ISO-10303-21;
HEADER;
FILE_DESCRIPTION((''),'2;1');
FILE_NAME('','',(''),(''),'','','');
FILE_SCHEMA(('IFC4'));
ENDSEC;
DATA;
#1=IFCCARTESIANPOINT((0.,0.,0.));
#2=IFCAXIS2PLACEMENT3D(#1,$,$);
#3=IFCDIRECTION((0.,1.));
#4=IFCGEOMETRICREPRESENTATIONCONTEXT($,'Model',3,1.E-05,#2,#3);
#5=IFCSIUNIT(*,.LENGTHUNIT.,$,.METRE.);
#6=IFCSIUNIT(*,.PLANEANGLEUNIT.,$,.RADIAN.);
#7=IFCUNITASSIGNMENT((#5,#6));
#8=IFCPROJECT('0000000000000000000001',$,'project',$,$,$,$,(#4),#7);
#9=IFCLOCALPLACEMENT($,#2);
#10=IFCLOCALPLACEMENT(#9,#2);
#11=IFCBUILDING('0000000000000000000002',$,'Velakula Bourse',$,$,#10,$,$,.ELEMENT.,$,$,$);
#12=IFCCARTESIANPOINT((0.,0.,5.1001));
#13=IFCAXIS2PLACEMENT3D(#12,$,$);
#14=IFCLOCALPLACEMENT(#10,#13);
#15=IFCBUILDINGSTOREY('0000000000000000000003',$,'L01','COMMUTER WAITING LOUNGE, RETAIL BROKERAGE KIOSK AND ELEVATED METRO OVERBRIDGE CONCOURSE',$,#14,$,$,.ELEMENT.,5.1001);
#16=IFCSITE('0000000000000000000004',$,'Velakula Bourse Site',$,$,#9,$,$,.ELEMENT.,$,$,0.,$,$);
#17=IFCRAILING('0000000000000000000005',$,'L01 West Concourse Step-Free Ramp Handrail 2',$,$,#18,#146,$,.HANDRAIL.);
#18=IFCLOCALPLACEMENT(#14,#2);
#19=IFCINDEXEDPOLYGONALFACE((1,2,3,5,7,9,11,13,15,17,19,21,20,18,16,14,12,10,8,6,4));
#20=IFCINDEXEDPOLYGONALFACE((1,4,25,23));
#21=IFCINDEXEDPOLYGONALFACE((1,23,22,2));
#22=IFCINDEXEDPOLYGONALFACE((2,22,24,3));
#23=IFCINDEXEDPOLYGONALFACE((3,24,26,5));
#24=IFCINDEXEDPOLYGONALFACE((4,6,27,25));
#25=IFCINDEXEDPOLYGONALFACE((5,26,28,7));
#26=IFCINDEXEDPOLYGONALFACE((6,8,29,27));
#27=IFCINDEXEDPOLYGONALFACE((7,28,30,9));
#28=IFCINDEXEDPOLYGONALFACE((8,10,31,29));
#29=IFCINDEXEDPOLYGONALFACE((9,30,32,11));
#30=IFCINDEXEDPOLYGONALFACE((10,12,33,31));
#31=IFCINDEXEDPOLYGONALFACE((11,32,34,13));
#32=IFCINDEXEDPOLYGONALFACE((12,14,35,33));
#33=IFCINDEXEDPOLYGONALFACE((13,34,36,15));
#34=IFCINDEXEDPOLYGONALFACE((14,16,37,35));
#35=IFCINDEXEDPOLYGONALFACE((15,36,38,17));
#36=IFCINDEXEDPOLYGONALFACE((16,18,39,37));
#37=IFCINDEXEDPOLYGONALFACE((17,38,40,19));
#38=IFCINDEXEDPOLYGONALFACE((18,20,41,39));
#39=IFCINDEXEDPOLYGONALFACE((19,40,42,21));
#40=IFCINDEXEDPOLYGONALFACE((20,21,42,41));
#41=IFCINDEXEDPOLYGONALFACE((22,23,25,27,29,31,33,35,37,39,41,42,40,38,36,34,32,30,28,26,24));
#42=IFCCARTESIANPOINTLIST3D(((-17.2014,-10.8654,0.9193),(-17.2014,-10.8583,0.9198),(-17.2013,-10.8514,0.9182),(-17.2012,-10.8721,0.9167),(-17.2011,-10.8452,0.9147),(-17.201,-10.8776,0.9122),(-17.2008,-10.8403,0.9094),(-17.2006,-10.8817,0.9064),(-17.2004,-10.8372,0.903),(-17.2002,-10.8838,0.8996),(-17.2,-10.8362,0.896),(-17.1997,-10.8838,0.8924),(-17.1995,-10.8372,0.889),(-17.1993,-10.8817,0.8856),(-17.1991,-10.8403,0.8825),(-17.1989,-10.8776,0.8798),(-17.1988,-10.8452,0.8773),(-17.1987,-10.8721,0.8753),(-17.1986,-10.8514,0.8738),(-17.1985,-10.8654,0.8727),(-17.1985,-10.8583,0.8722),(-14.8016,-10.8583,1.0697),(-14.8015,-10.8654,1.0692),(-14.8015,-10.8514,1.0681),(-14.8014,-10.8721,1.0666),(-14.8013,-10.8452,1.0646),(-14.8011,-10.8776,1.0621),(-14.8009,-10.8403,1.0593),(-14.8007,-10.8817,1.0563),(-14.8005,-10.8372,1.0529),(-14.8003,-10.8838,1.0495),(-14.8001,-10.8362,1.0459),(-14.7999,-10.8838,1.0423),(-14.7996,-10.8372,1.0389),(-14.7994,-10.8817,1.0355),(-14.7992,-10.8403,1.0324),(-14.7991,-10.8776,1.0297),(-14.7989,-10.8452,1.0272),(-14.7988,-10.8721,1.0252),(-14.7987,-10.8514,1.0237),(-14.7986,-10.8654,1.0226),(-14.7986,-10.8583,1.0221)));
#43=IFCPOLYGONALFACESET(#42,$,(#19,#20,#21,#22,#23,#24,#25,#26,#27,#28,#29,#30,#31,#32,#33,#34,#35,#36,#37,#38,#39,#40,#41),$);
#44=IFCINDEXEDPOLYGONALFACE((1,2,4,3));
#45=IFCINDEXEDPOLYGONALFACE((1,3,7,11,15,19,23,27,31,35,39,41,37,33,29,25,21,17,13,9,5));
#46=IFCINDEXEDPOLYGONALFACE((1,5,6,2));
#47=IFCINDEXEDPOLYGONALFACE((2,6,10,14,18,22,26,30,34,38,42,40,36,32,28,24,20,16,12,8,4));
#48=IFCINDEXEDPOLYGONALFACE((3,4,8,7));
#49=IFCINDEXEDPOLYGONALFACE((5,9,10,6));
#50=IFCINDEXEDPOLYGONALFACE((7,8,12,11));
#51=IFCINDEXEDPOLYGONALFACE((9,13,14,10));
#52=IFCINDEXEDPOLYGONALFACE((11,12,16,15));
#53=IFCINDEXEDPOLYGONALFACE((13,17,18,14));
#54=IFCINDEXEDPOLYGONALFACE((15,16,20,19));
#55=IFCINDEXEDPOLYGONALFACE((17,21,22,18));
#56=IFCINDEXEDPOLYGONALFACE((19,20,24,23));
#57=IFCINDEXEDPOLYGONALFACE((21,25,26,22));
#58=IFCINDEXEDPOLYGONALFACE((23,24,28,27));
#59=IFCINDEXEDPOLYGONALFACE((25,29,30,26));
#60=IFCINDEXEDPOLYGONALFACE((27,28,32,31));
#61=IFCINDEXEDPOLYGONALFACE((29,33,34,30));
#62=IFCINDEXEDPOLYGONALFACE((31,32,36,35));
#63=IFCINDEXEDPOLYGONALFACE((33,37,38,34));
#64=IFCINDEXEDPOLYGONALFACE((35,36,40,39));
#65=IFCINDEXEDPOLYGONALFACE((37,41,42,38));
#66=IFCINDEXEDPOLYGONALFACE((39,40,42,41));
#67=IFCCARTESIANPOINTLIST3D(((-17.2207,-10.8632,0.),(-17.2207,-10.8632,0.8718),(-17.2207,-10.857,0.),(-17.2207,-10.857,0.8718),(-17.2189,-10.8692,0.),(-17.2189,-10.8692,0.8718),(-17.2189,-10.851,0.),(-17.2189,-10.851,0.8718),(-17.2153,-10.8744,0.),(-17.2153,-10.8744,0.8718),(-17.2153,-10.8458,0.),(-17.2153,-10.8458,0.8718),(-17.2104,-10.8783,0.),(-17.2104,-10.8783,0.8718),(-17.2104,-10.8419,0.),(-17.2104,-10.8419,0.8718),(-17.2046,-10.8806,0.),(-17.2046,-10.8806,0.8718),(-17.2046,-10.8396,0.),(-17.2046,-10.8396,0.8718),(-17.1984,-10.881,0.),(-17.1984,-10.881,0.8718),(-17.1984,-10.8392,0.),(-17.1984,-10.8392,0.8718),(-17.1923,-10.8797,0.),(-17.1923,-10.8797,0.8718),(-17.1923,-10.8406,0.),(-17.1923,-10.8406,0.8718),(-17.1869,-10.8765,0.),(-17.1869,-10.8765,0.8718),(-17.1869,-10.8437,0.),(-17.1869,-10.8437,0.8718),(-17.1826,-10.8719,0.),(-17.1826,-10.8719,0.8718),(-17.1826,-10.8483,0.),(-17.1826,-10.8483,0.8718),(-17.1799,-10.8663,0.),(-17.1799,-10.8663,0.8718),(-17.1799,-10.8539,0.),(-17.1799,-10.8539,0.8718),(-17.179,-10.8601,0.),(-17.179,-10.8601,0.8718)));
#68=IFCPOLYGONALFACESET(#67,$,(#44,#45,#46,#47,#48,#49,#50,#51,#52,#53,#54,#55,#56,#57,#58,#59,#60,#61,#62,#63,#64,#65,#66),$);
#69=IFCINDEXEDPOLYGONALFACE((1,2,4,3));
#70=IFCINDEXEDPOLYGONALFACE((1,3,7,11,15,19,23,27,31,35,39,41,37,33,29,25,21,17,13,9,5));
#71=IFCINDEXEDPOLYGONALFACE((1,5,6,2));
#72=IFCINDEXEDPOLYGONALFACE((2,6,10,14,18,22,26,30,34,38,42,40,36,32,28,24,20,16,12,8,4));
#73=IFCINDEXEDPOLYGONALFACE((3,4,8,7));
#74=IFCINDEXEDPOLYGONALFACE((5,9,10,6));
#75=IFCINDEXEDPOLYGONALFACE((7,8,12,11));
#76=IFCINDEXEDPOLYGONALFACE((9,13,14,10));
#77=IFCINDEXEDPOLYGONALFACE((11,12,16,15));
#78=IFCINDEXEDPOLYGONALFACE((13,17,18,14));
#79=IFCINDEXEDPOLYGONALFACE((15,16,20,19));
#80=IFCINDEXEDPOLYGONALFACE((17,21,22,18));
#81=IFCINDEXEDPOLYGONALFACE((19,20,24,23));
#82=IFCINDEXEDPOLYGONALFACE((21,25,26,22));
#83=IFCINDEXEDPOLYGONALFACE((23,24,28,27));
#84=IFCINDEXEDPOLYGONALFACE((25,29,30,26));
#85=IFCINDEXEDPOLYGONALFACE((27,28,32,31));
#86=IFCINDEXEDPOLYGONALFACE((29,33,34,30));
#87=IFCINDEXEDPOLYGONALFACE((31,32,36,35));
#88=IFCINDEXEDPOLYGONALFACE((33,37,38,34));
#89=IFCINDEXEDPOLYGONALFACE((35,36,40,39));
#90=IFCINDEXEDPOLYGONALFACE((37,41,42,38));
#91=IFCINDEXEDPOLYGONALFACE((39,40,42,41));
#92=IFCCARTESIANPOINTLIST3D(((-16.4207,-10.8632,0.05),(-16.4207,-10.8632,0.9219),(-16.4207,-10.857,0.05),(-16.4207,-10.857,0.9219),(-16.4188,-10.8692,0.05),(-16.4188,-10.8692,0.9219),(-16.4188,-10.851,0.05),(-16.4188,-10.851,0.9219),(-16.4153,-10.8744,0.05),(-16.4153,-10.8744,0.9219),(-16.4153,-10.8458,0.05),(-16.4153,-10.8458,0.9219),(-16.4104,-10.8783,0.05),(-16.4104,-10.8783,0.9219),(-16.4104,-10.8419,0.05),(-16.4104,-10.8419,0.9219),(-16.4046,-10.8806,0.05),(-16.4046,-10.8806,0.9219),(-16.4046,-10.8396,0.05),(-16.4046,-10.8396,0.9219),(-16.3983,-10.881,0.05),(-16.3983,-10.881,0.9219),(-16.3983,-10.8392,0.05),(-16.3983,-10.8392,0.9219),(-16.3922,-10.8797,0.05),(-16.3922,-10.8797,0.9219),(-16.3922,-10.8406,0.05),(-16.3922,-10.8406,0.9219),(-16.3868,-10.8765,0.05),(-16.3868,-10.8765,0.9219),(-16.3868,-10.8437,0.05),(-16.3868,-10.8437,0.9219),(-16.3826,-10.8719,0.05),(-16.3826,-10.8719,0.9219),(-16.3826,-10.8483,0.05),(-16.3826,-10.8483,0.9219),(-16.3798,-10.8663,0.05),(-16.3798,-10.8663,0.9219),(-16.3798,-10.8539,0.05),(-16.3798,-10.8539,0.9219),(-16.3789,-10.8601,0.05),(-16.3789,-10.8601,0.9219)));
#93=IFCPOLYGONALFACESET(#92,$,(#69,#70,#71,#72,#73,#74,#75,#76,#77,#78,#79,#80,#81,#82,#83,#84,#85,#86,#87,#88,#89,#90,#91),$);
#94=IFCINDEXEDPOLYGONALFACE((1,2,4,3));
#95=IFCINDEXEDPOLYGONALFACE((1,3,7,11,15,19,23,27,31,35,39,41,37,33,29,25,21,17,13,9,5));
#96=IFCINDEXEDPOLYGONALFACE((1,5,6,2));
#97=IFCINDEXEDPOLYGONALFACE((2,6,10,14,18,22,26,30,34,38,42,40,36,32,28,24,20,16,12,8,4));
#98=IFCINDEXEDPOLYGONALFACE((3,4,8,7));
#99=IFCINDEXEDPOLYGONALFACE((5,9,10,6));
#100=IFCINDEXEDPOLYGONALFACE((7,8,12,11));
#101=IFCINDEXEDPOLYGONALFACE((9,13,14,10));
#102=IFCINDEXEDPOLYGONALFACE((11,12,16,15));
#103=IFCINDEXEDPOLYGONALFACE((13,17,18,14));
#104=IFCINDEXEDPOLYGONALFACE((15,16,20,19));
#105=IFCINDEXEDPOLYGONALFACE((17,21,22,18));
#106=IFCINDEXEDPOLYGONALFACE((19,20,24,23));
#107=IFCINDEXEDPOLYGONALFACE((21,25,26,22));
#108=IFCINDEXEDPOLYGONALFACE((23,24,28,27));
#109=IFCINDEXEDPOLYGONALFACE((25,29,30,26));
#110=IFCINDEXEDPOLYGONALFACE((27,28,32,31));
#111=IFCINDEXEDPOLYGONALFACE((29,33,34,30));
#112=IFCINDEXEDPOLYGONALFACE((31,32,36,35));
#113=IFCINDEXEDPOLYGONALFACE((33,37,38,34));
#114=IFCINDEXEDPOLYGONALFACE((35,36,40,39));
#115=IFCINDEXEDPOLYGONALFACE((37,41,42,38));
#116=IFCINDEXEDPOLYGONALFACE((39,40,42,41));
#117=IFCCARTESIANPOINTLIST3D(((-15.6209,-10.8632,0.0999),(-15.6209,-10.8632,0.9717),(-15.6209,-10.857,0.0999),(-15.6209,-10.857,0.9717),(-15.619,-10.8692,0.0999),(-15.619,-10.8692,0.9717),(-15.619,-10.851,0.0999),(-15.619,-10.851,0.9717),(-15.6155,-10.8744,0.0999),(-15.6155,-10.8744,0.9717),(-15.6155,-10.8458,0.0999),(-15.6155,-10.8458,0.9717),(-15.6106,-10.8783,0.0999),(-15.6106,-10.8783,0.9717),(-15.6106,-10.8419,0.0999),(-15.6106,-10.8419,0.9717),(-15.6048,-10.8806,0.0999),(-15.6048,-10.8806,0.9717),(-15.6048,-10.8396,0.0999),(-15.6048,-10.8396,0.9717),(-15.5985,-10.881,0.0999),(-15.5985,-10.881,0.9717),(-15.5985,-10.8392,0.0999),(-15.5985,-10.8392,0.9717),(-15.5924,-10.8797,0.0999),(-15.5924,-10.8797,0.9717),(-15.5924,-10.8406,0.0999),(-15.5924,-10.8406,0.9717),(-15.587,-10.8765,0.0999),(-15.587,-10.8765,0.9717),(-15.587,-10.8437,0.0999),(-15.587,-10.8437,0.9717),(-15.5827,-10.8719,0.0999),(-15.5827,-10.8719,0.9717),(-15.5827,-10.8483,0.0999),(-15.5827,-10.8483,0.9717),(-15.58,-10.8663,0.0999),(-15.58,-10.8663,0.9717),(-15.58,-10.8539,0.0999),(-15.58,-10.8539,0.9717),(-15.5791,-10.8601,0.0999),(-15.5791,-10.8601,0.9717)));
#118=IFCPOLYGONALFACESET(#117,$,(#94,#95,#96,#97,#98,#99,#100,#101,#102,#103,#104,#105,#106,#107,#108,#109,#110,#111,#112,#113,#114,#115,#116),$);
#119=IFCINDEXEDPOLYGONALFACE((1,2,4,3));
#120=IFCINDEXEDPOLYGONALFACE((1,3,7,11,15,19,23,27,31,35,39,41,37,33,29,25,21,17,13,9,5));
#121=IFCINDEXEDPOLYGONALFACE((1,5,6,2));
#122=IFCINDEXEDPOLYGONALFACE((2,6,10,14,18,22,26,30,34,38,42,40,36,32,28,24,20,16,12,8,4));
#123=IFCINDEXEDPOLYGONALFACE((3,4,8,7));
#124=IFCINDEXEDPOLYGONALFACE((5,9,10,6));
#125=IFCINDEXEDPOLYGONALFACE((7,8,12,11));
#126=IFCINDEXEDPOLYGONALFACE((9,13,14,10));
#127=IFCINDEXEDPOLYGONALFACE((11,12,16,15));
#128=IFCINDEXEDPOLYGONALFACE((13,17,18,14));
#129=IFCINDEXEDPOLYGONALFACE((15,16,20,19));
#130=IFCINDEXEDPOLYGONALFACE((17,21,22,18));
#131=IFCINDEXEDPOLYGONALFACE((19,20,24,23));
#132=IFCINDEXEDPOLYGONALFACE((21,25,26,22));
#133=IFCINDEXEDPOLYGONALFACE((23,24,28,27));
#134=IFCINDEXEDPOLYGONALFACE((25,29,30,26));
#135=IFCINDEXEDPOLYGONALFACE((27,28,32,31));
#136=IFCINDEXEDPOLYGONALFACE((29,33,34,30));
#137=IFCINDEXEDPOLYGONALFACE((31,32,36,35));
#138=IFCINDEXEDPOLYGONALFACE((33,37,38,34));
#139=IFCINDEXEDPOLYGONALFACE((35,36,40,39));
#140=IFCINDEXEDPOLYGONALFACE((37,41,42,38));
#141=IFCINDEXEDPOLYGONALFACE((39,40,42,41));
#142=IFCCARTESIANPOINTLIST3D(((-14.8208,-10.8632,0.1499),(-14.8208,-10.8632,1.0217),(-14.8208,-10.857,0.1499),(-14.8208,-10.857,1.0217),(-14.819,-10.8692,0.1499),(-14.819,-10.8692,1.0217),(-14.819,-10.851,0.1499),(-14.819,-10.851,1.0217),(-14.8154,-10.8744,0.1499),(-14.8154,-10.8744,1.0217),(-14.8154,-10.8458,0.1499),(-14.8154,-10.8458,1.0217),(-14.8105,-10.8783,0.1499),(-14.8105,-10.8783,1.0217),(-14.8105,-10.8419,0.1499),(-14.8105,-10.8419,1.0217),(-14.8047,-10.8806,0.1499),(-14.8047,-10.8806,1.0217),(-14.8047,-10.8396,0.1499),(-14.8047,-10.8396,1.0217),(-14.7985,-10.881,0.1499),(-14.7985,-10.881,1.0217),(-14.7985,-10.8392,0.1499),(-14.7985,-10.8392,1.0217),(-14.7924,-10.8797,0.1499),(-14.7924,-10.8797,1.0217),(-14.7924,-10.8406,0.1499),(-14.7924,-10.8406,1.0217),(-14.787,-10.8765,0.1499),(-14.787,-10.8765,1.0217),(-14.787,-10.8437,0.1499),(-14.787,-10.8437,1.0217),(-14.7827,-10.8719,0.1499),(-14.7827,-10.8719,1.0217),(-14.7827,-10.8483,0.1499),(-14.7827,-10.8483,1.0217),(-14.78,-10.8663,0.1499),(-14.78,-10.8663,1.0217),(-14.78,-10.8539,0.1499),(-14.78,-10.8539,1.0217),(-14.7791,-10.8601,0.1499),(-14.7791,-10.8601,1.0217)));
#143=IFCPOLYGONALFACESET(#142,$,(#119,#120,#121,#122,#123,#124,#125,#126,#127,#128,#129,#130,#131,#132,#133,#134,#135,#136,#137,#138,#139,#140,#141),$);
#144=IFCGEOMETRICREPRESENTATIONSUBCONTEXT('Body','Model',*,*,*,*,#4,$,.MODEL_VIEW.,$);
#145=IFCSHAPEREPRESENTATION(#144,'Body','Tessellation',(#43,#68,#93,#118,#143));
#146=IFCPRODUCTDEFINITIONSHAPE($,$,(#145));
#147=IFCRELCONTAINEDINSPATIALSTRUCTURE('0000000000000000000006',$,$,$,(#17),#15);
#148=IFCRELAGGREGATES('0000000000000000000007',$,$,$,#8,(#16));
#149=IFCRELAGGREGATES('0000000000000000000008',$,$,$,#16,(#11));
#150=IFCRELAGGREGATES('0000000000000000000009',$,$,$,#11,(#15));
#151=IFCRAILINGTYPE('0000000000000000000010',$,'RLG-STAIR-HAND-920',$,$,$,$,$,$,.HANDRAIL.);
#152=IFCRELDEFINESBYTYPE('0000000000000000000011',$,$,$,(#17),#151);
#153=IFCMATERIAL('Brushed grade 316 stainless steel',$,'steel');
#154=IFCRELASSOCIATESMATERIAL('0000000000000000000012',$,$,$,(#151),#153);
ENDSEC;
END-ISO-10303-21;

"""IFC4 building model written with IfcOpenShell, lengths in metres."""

from ifc_helpers import new_model, si_unit, direction, frame, origin, origin_2d, place, context, subcontext, project, spatial, circle, extrude, material, type_object, element, save


model = new_model("IFC4")

# Units and contexts
model_context = context("Model", 3, precision=1e-05, world=origin(), true_north=direction((0.0, 1.0)))
body_context = subcontext(model_context, "Body", "Model", "MODEL_VIEW")
ifc_project = project(units=[si_unit("LENGTHUNIT", "METRE"), si_unit("PLANEANGLEUNIT", "RADIAN")], contexts=[model_context])

# Site, building, storey
site_placement = place(None, origin())
site = spatial("IfcSite", under=ifc_project, at=site_placement, Name="Velakula Bourse Site", CompositionType="ELEMENT", RefElevation=0.0)
building_placement = place(site_placement, origin())
building = spatial("IfcBuilding", under=site, at=building_placement, Name="Velakula Bourse", CompositionType="ELEMENT")
storey_placement = place(building_placement, frame((0.0, 0.0, 5.1001)))
storey = spatial("IfcBuildingStorey", under=building, at=storey_placement, Name="L01", Description="COMMUTER WAITING LOUNGE, RETAIL BROKERAGE KIOSK AND ELEVATED METRO OVERBRIDGE CONCOURSE", CompositionType="ELEMENT", Elevation=5.1001)

# Shared definitions
ifc_material_1 = material(Name="Brushed grade 316 stainless steel", Category="steel")

# Railing
railing_type_1 = type_object("IfcRailingType", Name="RLG-STAIR-HAND-920", PredefinedType="HANDRAIL", material=ifc_material_1)
railing_1_placement = place(storey_placement, frame((-17.2, -10.8601, 0.0)))
element("IfcRailing", 1, at=railing_1_placement, inside=storey, type_object=railing_type_1, Name="L01 West Concourse Step-Free Ramp Handrail 2", PredefinedType="HANDRAIL", context=body_context, shape_type="SweptSolid", body=[
    extrude(circle(Radius=0.0239, at=origin_2d()), frame((0.0, 0.0, 0.896), z_axis=(0.998055, 0.0, 0.06234), x_axis=(0.0, 1.0, 0.0)), (0.0, 0.0, 1.0), 2.4045),
    extrude(circle(Radius=0.021, at=origin_2d()), origin(), (0.0, 0.0, 1.0), 0.8718),
    extrude(circle(Radius=0.021, at=origin_2d()), frame((0.8, 0.0, 0.05)), (0.0, 0.0, 1.0), 0.8718),
    extrude(circle(Radius=0.021, at=origin_2d()), frame((1.5999, 0.0, 0.0999)), (0.0, 0.0, 1.0), 0.8718),
    extrude(circle(Radius=0.021, at=origin_2d()), frame((2.3999, 0.0, 0.1499)), (0.0, 0.0, 1.0), 0.8718),
])

save(model, "model.ifc")
